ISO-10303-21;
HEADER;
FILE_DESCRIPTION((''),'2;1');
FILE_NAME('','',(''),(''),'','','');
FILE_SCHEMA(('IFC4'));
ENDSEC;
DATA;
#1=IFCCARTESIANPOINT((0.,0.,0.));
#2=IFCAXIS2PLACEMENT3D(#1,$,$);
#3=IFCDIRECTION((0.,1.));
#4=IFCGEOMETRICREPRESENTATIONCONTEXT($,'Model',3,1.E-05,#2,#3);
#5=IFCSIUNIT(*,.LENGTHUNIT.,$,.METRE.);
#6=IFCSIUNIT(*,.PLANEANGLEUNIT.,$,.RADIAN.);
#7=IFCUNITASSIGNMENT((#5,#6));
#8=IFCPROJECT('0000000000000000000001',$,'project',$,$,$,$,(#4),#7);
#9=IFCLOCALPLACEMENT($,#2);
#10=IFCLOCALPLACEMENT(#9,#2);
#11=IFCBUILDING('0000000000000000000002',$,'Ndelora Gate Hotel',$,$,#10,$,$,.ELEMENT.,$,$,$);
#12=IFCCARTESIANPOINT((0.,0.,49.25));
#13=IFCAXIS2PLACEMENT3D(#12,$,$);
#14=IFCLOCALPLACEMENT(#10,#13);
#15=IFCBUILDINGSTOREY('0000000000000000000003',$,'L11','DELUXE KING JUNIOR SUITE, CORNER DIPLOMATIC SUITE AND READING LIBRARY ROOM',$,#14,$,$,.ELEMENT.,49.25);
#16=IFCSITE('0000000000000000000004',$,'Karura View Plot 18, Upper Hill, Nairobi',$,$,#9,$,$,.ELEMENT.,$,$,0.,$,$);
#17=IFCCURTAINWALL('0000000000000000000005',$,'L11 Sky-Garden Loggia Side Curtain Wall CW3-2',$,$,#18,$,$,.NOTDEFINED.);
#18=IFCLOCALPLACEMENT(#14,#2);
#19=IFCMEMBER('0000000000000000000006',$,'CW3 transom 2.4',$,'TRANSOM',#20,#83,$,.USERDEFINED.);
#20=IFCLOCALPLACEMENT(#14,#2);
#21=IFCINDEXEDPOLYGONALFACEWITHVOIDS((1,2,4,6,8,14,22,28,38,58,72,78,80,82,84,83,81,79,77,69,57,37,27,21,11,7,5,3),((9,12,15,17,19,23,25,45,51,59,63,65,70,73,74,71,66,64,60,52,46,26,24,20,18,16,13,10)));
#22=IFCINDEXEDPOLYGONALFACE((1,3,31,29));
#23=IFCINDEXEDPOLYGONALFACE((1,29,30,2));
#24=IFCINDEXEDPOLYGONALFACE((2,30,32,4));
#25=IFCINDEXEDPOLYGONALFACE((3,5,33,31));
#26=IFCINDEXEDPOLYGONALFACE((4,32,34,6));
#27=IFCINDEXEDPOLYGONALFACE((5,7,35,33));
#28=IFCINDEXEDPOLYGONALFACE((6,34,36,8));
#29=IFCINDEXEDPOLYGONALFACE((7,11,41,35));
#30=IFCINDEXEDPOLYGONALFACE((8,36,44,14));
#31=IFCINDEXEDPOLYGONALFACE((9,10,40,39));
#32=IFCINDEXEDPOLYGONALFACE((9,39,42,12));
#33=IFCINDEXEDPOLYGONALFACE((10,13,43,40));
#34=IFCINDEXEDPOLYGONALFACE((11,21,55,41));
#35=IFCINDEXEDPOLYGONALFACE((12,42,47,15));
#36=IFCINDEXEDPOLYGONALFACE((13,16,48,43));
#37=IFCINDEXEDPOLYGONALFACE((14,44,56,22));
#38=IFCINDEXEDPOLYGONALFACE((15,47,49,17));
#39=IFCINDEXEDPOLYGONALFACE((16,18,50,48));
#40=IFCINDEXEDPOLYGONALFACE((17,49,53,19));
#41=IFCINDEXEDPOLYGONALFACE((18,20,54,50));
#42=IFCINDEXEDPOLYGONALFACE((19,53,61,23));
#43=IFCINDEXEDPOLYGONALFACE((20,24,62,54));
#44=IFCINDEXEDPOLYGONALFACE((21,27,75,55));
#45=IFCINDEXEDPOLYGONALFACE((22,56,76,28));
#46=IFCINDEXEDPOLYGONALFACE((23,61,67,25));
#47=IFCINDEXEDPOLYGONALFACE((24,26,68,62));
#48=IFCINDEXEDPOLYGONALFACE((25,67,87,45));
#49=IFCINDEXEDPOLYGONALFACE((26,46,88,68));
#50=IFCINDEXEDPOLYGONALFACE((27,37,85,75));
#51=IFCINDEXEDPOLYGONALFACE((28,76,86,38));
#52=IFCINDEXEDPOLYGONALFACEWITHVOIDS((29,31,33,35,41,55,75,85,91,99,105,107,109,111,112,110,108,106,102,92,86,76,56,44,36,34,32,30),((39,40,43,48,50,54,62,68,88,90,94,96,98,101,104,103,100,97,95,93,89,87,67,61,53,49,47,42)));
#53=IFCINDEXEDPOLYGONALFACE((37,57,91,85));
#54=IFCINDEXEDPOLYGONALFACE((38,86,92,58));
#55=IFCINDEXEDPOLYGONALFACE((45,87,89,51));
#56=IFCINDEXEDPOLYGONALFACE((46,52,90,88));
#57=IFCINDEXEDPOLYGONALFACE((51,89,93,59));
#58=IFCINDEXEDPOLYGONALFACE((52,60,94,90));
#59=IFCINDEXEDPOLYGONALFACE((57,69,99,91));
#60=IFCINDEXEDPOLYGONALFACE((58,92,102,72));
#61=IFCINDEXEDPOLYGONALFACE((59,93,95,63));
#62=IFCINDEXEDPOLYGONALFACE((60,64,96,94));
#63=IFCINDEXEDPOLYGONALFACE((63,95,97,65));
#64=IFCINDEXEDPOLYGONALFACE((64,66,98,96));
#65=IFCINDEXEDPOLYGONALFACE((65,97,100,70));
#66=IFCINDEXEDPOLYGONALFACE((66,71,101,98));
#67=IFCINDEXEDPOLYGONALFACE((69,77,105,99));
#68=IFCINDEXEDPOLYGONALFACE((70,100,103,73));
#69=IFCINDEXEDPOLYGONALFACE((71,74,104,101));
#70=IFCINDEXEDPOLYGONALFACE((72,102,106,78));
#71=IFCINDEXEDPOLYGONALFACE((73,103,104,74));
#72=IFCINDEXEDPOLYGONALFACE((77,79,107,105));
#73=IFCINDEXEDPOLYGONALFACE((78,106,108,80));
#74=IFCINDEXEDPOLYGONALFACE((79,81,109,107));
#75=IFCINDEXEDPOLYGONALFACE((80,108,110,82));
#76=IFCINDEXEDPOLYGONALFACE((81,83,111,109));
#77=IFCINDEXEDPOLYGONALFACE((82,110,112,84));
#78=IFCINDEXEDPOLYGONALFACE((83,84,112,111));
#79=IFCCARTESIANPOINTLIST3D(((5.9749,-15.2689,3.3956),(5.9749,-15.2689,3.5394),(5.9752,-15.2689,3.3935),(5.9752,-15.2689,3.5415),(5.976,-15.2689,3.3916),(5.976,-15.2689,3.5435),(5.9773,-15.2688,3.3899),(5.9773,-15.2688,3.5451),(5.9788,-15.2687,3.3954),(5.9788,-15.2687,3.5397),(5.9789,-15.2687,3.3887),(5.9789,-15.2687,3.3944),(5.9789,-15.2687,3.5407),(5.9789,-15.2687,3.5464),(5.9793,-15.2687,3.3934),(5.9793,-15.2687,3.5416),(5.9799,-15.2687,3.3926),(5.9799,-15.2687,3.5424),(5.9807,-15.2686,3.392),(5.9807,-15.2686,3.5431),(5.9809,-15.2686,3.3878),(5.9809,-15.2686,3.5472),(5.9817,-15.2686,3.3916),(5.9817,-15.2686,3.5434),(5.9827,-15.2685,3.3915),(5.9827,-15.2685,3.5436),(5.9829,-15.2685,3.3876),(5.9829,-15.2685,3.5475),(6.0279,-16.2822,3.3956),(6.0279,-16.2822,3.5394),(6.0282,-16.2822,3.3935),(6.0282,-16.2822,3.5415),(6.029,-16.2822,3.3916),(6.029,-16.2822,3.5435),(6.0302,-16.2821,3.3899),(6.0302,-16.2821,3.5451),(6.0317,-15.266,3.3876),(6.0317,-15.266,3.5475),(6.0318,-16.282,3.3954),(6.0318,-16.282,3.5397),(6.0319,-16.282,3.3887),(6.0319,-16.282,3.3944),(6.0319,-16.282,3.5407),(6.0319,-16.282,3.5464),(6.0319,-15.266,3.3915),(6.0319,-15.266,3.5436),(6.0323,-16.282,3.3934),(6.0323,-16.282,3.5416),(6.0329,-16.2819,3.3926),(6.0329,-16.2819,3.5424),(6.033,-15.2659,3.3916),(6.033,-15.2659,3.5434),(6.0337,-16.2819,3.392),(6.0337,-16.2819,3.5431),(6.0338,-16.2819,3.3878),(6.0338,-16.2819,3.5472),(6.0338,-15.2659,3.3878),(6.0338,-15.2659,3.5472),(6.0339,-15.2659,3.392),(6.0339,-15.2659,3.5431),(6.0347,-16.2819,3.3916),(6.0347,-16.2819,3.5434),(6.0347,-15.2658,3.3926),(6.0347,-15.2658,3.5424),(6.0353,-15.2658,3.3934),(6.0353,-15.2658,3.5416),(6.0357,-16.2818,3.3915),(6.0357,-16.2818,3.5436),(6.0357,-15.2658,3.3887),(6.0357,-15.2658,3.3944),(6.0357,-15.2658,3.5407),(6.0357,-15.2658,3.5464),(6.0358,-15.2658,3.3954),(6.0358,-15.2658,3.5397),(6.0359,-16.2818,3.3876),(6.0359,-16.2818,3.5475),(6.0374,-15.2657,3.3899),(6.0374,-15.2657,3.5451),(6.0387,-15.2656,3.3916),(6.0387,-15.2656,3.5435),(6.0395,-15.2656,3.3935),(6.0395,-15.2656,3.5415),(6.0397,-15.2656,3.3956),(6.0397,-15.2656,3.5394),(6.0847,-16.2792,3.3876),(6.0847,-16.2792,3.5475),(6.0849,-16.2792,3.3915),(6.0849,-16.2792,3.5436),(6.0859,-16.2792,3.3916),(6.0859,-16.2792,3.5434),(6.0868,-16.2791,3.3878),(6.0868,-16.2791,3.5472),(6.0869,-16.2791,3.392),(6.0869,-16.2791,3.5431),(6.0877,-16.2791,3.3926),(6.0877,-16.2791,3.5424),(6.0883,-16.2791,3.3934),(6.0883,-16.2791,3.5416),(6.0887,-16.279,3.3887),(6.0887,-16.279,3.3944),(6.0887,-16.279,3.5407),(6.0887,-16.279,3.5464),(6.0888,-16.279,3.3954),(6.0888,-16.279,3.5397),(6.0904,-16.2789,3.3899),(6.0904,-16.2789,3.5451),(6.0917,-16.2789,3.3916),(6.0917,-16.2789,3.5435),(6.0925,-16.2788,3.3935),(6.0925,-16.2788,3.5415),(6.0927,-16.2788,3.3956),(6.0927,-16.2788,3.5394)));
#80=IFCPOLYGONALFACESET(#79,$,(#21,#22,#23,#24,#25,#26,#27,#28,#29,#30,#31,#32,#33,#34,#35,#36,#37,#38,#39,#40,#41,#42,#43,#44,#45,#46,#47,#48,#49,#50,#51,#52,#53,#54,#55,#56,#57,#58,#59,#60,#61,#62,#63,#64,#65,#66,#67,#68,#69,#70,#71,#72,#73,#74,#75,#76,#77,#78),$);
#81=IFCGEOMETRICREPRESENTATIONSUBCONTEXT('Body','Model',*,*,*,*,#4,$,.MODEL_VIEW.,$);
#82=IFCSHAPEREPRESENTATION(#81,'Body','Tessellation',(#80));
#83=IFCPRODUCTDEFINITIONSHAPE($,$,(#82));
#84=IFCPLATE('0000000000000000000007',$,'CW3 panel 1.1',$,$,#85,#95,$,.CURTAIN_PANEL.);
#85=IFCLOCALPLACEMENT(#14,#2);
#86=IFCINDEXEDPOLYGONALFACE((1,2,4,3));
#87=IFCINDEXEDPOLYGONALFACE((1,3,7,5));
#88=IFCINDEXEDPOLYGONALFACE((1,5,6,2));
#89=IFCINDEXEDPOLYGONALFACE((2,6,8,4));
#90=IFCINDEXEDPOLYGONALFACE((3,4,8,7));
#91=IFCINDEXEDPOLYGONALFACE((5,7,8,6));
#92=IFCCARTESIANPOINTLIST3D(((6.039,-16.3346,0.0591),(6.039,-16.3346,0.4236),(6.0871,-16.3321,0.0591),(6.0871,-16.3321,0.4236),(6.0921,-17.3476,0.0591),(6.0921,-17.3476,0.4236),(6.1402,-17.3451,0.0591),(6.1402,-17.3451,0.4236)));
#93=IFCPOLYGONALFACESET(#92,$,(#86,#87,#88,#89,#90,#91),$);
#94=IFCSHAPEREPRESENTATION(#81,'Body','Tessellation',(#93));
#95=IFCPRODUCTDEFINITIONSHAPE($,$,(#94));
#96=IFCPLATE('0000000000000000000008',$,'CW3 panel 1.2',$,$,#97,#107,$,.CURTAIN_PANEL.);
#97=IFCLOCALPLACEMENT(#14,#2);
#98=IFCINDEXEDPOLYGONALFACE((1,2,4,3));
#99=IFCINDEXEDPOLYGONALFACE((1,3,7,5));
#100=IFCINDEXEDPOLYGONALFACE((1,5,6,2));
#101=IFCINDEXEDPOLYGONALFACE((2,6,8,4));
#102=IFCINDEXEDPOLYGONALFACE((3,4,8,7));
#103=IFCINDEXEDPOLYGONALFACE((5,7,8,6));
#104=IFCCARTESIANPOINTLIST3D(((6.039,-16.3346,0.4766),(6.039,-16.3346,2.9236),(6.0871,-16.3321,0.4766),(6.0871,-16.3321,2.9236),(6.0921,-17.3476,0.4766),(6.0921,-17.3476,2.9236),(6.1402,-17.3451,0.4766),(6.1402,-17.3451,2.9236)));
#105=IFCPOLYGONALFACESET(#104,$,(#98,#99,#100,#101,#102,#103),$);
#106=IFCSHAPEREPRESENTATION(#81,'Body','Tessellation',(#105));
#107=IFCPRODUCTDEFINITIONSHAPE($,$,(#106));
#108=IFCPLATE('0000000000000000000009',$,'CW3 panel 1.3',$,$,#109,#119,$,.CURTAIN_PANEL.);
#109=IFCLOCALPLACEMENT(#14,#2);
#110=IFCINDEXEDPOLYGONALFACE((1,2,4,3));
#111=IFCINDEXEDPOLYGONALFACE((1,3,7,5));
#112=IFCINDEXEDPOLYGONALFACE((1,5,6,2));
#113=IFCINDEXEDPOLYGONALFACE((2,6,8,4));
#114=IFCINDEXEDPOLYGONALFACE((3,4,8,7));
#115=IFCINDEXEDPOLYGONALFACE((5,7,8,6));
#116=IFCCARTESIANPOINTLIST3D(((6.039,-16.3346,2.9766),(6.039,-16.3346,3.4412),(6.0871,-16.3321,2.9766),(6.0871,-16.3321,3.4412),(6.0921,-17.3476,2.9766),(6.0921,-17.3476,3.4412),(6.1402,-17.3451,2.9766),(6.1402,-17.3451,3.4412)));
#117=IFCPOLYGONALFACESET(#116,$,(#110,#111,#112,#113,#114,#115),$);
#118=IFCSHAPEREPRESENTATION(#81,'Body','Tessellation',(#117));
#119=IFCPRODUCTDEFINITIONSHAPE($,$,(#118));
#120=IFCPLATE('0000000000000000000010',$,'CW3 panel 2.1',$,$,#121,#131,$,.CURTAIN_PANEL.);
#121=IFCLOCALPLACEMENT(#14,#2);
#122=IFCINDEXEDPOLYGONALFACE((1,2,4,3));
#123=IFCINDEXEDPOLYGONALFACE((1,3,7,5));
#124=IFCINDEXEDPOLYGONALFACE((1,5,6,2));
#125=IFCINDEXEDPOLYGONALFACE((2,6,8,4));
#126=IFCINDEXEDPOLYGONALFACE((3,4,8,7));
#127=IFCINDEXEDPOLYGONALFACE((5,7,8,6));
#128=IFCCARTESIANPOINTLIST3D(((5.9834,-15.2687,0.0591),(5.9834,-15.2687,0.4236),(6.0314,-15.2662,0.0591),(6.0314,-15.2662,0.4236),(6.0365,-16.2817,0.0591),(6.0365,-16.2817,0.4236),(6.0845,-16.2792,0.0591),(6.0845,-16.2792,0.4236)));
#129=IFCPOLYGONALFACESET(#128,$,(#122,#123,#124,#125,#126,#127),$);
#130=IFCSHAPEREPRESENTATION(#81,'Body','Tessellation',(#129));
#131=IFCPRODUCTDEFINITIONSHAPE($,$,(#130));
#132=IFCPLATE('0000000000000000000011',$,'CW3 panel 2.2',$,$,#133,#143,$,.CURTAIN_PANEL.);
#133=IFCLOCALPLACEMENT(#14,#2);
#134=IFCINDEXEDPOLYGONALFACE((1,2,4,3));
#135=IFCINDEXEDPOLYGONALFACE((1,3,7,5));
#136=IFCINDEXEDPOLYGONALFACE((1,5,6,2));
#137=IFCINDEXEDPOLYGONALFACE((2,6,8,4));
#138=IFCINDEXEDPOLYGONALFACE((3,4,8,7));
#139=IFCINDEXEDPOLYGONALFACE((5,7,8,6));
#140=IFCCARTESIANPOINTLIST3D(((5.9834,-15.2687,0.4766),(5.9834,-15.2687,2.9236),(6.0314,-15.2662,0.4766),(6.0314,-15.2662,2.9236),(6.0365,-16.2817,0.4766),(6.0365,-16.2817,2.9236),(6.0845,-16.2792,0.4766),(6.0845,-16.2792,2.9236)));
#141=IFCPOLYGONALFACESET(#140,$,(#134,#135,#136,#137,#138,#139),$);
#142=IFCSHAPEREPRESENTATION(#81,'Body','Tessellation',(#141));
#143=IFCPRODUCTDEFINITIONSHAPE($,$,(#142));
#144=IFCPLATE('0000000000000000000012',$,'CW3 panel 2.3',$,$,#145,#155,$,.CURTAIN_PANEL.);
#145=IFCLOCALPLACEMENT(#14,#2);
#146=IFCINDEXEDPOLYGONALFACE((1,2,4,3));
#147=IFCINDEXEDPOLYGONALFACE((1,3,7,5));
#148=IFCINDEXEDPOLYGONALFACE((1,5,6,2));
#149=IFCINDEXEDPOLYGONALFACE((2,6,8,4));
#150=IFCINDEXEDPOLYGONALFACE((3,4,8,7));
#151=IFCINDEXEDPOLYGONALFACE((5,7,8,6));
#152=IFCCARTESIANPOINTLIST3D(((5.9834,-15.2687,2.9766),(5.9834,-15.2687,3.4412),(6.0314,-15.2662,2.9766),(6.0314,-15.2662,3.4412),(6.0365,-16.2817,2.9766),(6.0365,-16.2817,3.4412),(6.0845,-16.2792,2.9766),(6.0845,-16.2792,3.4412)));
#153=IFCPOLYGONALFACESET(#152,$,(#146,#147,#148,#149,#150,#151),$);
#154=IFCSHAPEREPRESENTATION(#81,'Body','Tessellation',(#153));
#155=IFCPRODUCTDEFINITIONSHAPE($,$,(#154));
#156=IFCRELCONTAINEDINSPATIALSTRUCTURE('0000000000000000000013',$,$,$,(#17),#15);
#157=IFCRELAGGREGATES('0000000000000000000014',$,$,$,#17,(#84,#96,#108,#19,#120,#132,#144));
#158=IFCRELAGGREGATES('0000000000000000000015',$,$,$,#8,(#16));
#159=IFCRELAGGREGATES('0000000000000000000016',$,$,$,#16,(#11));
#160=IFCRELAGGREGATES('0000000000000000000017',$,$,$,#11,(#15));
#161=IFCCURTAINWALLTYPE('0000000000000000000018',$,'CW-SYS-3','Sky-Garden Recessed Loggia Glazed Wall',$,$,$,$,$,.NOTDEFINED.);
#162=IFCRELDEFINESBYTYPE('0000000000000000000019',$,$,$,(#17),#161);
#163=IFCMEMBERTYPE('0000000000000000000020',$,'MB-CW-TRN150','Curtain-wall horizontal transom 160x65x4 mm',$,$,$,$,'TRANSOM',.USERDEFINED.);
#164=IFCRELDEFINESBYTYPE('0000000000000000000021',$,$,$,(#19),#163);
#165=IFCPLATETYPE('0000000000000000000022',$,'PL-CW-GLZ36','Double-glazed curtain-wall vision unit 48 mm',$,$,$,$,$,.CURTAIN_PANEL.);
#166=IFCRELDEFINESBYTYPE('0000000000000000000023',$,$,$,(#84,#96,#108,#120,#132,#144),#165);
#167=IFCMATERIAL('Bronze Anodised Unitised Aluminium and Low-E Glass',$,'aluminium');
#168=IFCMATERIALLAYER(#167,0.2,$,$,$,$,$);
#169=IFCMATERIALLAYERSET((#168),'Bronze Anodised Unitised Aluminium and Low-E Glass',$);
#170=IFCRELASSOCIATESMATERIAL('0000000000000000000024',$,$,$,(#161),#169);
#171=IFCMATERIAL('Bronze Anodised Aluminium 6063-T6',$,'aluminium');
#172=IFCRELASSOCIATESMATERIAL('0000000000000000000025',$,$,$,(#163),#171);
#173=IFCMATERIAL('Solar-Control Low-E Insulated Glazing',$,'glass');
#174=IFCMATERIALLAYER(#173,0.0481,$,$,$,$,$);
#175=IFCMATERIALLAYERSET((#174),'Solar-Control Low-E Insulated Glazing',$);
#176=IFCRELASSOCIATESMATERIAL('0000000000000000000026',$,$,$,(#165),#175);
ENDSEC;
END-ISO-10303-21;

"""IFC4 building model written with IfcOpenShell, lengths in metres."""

from ifc_helpers import new_model, si_unit, direction, frame, origin, origin_2d, place, context, subcontext, project, spatial, rectangle, hollow_rectangle, extrude, material, layer, layer_set, material_profile, profile_set, type_object, element, aggregate, save


model = new_model("IFC4")

# Units and contexts
model_context = context("Model", 3, precision=1e-05, world=origin(), true_north=direction((0.0, 1.0)))
body_context = subcontext(model_context, "Body", "Model", "MODEL_VIEW")
ifc_project = project(units=[si_unit("LENGTHUNIT", "METRE"), si_unit("PLANEANGLEUNIT", "RADIAN")], contexts=[model_context])

# Site, building, storey
site_placement = place(None, origin())
site = spatial("IfcSite", under=ifc_project, at=site_placement, Name="Karura View Plot 18, Upper Hill, Nairobi", CompositionType="ELEMENT", RefElevation=0.0)
building_placement = place(site_placement, origin())
building = spatial("IfcBuilding", under=site, at=building_placement, Name="Ndelora Gate Hotel", CompositionType="ELEMENT")
storey_placement = place(building_placement, frame((0.0, 0.0, 49.25)))
storey = spatial("IfcBuildingStorey", under=building, at=storey_placement, Name="L11", Description="DELUXE KING JUNIOR SUITE, CORNER DIPLOMATIC SUITE AND READING LIBRARY ROOM", CompositionType="ELEMENT", Elevation=49.25)

# Curtain wall, member, plates
ifc_material_1 = material(Name="Bronze Anodised Unitised Aluminium and Low-E Glass", Category="aluminium")
ifc_layer_1 = layer(ifc_material_1, 0.2)
ifc_layer_set_1 = layer_set([ifc_layer_1], Name="Bronze Anodised Unitised Aluminium and Low-E Glass")
curtain_wall_type = type_object("IfcCurtainWallType", Name="CW-SYS-3", Description="Sky-Garden Recessed Loggia Glazed Wall", PredefinedType="NOTDEFINED", material=ifc_layer_set_1)
curtain_wall_placement = place(storey_placement, origin())
curtain_wall = element("IfcCurtainWall", 1, at=curtain_wall_placement, inside=storey, type_object=curtain_wall_type, Name="L11 Sky-Garden Loggia Side Curtain Wall CW3-2", PredefinedType="NOTDEFINED")
ifc_material_2 = material(Name="Bronze Anodised Aluminium 6063-T6", Category="aluminium")
ifc_material_profile_1 = material_profile(ifc_material_2, hollow_rectangle(XDim=0.0649, YDim=0.1599, WallThickness=0.0039, InnerFilletRadius=0.0039, OuterFilletRadius=0.0081, at=origin_2d()), Name="ALU 160x65x4")
ifc_profile_set_1 = profile_set([ifc_material_profile_1], Name="Bronze Anodised Aluminium 6063-T6")
member_type_1 = type_object("IfcMemberType", Name="MB-CW-TRN150", Description="Curtain-wall horizontal transom 160x65x4 mm", ElementType="TRANSOM", PredefinedType="USERDEFINED", material=ifc_profile_set_1)
member_1_placement = place(storey_placement, frame((6.0603, -16.2805, 3.4675), z_axis=(-0.052218, 0.998636, 0.0), x_axis=(-0.998636, -0.052218, 0.0)))
member_1 = element("IfcMember", 2, at=member_1_placement, type_object=member_type_1, Name="CW3 transom 2.4", ObjectType="TRANSOM", PredefinedType="USERDEFINED", context=body_context, shape_type="SweptSolid", body=[
    extrude(hollow_rectangle(XDim=0.0649, YDim=0.1599, WallThickness=0.0039, InnerFilletRadius=0.0039, OuterFilletRadius=0.0081, at=origin_2d()), origin(), (0.0, 0.0, 1.0), 1.0146),
])
ifc_material_3 = material(Name="Solar-Control Low-E Insulated Glazing", Category="glass")
ifc_layer_2 = layer(ifc_material_3, 0.0481)
ifc_layer_set_2 = layer_set([ifc_layer_2], Name="Solar-Control Low-E Insulated Glazing")
plate_type = type_object("IfcPlateType", Name="PL-CW-GLZ36", Description="Double-glazed curtain-wall vision unit 48 mm", PredefinedType="CURTAIN_PANEL", material=ifc_layer_set_2)
plate_1_placement = place(storey_placement, frame((6.0896, -16.8398, 0.0591), z_axis=(0.0, 0.0, 1.0), x_axis=(-0.052318, 0.99863, 0.0)))
plate_1 = element("IfcPlate", 3, at=plate_1_placement, type_object=plate_type, Name="CW3 panel 1.1", PredefinedType="CURTAIN_PANEL", context=body_context, shape_type="SweptSolid", body=[
    extrude(rectangle(XDim=1.0144, YDim=0.0481, at=origin_2d()), origin(), (0.0, 0.0, 1.0), 0.3645),
])
plate_2_placement = place(storey_placement, frame((6.0896, -16.8398, 0.4766), z_axis=(0.0, 0.0, 1.0), x_axis=(-0.052318, 0.99863, 0.0)))
plate_2 = element("IfcPlate", 4, at=plate_2_placement, type_object=plate_type, Name="CW3 panel 1.2", PredefinedType="CURTAIN_PANEL", context=body_context, shape_type="SweptSolid", body=[
    extrude(rectangle(XDim=1.0144, YDim=0.0481, at=origin_2d()), origin(), (0.0, 0.0, 1.0), 2.447),
])
plate_3_placement = place(storey_placement, frame((6.0896, -16.8398, 2.9766), z_axis=(0.0, 0.0, 1.0), x_axis=(-0.052318, 0.99863, 0.0)))
plate_3 = element("IfcPlate", 5, at=plate_3_placement, type_object=plate_type, Name="CW3 panel 1.3", PredefinedType="CURTAIN_PANEL", context=body_context, shape_type="SweptSolid", body=[
    extrude(rectangle(XDim=1.0144, YDim=0.0481, at=origin_2d()), origin(), (0.0, 0.0, 1.0), 0.4646),
])
plate_4_placement = place(storey_placement, frame((6.0339, -15.7739, 0.0591), z_axis=(0.0, 0.0, 1.0), x_axis=(-0.052318, 0.99863, 0.0)))
plate_4 = element("IfcPlate", 6, at=plate_4_placement, type_object=plate_type, Name="CW3 panel 2.1", PredefinedType="CURTAIN_PANEL", context=body_context, shape_type="SweptSolid", body=[
    extrude(rectangle(XDim=1.0144, YDim=0.0481, at=origin_2d()), origin(), (0.0, 0.0, 1.0), 0.3645),
])
plate_5_placement = place(storey_placement, frame((6.0339, -15.7739, 0.4766), z_axis=(0.0, 0.0, 1.0), x_axis=(-0.052318, 0.99863, 0.0)))
plate_5 = element("IfcPlate", 7, at=plate_5_placement, type_object=plate_type, Name="CW3 panel 2.2", PredefinedType="CURTAIN_PANEL", context=body_context, shape_type="SweptSolid", body=[
    extrude(rectangle(XDim=1.0144, YDim=0.0481, at=origin_2d()), origin(), (0.0, 0.0, 1.0), 2.447),
])
plate_6_placement = place(storey_placement, frame((6.0339, -15.7739, 2.9766), z_axis=(0.0, 0.0, 1.0), x_axis=(-0.052318, 0.99863, 0.0)))
plate_6 = element("IfcPlate", 8, at=plate_6_placement, type_object=plate_type, Name="CW3 panel 2.3", PredefinedType="CURTAIN_PANEL", context=body_context, shape_type="SweptSolid", body=[
    extrude(rectangle(XDim=1.0144, YDim=0.0481, at=origin_2d()), origin(), (0.0, 0.0, 1.0), 0.4646),
])
aggregate(curtain_wall, [plate_1, plate_2, plate_3, member_1, plate_4, plate_5, plate_6])

save(model, "model.ifc")
